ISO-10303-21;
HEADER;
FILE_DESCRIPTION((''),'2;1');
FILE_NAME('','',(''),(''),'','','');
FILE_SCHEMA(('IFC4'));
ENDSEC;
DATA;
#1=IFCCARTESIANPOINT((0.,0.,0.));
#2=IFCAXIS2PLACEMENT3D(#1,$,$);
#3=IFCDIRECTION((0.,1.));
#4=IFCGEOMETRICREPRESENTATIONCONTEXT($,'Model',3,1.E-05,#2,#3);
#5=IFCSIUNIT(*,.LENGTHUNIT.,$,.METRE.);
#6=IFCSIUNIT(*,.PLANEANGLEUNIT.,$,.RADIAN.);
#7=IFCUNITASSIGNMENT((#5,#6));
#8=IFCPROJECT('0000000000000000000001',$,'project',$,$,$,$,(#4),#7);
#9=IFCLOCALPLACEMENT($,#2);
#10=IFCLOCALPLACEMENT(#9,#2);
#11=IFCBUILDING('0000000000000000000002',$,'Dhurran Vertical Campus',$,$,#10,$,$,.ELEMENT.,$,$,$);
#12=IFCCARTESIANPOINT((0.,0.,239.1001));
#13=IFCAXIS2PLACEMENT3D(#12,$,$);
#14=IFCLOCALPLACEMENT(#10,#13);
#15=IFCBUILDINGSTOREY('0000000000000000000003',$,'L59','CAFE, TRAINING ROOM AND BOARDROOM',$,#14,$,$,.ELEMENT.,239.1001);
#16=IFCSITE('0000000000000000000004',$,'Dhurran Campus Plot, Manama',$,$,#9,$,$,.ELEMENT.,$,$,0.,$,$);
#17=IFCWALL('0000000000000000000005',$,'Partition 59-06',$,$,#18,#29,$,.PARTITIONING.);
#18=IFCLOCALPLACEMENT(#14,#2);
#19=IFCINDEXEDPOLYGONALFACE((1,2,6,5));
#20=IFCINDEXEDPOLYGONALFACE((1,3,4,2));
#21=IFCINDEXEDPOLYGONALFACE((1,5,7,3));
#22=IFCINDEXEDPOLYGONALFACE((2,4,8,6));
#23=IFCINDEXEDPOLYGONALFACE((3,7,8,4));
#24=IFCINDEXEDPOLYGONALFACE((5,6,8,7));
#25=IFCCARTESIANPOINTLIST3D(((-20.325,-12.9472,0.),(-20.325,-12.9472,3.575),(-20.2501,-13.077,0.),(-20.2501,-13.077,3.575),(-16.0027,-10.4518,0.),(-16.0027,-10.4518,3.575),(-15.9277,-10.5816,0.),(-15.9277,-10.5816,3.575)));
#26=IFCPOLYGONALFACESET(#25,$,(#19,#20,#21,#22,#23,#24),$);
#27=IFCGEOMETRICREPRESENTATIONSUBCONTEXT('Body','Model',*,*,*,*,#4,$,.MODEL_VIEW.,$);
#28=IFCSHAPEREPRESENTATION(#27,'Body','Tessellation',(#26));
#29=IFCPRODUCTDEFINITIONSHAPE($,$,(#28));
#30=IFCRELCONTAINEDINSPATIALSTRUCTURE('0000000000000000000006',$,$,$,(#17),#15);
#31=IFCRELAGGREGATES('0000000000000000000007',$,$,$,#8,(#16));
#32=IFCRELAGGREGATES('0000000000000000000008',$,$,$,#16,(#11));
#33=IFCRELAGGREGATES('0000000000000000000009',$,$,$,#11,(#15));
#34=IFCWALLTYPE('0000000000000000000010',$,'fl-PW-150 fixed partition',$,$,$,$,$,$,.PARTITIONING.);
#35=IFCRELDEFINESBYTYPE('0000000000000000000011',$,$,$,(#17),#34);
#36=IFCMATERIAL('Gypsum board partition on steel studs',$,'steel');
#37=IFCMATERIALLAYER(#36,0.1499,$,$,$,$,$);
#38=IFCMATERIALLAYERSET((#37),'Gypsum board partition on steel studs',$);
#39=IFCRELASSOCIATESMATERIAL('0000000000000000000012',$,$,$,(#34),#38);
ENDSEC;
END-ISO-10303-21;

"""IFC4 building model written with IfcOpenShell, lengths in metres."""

from ifc_helpers import new_model, si_unit, direction, frame, frame_2d, origin, place, context, subcontext, project, spatial, rectangle, extrude, material, layer, layer_set, type_object, element, save


model = new_model("IFC4")

# Units and contexts
model_context = context("Model", 3, precision=1e-05, world=origin(), true_north=direction((0.0, 1.0)))
body_context = subcontext(model_context, "Body", "Model", "MODEL_VIEW")
ifc_project = project(units=[si_unit("LENGTHUNIT", "METRE"), si_unit("PLANEANGLEUNIT", "RADIAN")], contexts=[model_context])

# Site, building, storey
site_placement = place(None, origin())
site = spatial("IfcSite", under=ifc_project, at=site_placement, Name="Dhurran Campus Plot, Manama", CompositionType="ELEMENT", RefElevation=0.0)
building_placement = place(site_placement, origin())
building = spatial("IfcBuilding", under=site, at=building_placement, Name="Dhurran Vertical Campus", CompositionType="ELEMENT")
storey_placement = place(building_placement, frame((0.0, 0.0, 239.1001)))
storey = spatial("IfcBuildingStorey", under=building, at=storey_placement, Name="L59", Description="CAFE, TRAINING ROOM AND BOARDROOM", CompositionType="ELEMENT", Elevation=239.1001)

# Wall
ifc_material_1 = material(Name="Gypsum board partition on steel studs", Category="steel")
ifc_layer_1 = layer(ifc_material_1, 0.1499)
ifc_layer_set_1 = layer_set([ifc_layer_1], Name="Gypsum board partition on steel studs")
wall_type_1 = type_object("IfcWallType", Name="fl-PW-150 fixed partition", PredefinedType="PARTITIONING", material=ifc_layer_set_1)
wall_1_placement = place(storey_placement, frame((-15.9651, -10.5166, 0.0), z_axis=(0.0, 0.0, 1.0), x_axis=(-0.866034, -0.499985, 0.0)))
element("IfcWall", 1, at=wall_1_placement, inside=storey, type_object=wall_type_1, Name="Partition 59-06", PredefinedType="PARTITIONING", context=body_context, shape_type="SweptSolid", body=[
    extrude(rectangle(XDim=4.991, YDim=0.1499, at=frame_2d((2.4956, 0.0))), origin(), (0.0, 0.0, 1.0), 3.575),
])

save(model, "model.ifc")
